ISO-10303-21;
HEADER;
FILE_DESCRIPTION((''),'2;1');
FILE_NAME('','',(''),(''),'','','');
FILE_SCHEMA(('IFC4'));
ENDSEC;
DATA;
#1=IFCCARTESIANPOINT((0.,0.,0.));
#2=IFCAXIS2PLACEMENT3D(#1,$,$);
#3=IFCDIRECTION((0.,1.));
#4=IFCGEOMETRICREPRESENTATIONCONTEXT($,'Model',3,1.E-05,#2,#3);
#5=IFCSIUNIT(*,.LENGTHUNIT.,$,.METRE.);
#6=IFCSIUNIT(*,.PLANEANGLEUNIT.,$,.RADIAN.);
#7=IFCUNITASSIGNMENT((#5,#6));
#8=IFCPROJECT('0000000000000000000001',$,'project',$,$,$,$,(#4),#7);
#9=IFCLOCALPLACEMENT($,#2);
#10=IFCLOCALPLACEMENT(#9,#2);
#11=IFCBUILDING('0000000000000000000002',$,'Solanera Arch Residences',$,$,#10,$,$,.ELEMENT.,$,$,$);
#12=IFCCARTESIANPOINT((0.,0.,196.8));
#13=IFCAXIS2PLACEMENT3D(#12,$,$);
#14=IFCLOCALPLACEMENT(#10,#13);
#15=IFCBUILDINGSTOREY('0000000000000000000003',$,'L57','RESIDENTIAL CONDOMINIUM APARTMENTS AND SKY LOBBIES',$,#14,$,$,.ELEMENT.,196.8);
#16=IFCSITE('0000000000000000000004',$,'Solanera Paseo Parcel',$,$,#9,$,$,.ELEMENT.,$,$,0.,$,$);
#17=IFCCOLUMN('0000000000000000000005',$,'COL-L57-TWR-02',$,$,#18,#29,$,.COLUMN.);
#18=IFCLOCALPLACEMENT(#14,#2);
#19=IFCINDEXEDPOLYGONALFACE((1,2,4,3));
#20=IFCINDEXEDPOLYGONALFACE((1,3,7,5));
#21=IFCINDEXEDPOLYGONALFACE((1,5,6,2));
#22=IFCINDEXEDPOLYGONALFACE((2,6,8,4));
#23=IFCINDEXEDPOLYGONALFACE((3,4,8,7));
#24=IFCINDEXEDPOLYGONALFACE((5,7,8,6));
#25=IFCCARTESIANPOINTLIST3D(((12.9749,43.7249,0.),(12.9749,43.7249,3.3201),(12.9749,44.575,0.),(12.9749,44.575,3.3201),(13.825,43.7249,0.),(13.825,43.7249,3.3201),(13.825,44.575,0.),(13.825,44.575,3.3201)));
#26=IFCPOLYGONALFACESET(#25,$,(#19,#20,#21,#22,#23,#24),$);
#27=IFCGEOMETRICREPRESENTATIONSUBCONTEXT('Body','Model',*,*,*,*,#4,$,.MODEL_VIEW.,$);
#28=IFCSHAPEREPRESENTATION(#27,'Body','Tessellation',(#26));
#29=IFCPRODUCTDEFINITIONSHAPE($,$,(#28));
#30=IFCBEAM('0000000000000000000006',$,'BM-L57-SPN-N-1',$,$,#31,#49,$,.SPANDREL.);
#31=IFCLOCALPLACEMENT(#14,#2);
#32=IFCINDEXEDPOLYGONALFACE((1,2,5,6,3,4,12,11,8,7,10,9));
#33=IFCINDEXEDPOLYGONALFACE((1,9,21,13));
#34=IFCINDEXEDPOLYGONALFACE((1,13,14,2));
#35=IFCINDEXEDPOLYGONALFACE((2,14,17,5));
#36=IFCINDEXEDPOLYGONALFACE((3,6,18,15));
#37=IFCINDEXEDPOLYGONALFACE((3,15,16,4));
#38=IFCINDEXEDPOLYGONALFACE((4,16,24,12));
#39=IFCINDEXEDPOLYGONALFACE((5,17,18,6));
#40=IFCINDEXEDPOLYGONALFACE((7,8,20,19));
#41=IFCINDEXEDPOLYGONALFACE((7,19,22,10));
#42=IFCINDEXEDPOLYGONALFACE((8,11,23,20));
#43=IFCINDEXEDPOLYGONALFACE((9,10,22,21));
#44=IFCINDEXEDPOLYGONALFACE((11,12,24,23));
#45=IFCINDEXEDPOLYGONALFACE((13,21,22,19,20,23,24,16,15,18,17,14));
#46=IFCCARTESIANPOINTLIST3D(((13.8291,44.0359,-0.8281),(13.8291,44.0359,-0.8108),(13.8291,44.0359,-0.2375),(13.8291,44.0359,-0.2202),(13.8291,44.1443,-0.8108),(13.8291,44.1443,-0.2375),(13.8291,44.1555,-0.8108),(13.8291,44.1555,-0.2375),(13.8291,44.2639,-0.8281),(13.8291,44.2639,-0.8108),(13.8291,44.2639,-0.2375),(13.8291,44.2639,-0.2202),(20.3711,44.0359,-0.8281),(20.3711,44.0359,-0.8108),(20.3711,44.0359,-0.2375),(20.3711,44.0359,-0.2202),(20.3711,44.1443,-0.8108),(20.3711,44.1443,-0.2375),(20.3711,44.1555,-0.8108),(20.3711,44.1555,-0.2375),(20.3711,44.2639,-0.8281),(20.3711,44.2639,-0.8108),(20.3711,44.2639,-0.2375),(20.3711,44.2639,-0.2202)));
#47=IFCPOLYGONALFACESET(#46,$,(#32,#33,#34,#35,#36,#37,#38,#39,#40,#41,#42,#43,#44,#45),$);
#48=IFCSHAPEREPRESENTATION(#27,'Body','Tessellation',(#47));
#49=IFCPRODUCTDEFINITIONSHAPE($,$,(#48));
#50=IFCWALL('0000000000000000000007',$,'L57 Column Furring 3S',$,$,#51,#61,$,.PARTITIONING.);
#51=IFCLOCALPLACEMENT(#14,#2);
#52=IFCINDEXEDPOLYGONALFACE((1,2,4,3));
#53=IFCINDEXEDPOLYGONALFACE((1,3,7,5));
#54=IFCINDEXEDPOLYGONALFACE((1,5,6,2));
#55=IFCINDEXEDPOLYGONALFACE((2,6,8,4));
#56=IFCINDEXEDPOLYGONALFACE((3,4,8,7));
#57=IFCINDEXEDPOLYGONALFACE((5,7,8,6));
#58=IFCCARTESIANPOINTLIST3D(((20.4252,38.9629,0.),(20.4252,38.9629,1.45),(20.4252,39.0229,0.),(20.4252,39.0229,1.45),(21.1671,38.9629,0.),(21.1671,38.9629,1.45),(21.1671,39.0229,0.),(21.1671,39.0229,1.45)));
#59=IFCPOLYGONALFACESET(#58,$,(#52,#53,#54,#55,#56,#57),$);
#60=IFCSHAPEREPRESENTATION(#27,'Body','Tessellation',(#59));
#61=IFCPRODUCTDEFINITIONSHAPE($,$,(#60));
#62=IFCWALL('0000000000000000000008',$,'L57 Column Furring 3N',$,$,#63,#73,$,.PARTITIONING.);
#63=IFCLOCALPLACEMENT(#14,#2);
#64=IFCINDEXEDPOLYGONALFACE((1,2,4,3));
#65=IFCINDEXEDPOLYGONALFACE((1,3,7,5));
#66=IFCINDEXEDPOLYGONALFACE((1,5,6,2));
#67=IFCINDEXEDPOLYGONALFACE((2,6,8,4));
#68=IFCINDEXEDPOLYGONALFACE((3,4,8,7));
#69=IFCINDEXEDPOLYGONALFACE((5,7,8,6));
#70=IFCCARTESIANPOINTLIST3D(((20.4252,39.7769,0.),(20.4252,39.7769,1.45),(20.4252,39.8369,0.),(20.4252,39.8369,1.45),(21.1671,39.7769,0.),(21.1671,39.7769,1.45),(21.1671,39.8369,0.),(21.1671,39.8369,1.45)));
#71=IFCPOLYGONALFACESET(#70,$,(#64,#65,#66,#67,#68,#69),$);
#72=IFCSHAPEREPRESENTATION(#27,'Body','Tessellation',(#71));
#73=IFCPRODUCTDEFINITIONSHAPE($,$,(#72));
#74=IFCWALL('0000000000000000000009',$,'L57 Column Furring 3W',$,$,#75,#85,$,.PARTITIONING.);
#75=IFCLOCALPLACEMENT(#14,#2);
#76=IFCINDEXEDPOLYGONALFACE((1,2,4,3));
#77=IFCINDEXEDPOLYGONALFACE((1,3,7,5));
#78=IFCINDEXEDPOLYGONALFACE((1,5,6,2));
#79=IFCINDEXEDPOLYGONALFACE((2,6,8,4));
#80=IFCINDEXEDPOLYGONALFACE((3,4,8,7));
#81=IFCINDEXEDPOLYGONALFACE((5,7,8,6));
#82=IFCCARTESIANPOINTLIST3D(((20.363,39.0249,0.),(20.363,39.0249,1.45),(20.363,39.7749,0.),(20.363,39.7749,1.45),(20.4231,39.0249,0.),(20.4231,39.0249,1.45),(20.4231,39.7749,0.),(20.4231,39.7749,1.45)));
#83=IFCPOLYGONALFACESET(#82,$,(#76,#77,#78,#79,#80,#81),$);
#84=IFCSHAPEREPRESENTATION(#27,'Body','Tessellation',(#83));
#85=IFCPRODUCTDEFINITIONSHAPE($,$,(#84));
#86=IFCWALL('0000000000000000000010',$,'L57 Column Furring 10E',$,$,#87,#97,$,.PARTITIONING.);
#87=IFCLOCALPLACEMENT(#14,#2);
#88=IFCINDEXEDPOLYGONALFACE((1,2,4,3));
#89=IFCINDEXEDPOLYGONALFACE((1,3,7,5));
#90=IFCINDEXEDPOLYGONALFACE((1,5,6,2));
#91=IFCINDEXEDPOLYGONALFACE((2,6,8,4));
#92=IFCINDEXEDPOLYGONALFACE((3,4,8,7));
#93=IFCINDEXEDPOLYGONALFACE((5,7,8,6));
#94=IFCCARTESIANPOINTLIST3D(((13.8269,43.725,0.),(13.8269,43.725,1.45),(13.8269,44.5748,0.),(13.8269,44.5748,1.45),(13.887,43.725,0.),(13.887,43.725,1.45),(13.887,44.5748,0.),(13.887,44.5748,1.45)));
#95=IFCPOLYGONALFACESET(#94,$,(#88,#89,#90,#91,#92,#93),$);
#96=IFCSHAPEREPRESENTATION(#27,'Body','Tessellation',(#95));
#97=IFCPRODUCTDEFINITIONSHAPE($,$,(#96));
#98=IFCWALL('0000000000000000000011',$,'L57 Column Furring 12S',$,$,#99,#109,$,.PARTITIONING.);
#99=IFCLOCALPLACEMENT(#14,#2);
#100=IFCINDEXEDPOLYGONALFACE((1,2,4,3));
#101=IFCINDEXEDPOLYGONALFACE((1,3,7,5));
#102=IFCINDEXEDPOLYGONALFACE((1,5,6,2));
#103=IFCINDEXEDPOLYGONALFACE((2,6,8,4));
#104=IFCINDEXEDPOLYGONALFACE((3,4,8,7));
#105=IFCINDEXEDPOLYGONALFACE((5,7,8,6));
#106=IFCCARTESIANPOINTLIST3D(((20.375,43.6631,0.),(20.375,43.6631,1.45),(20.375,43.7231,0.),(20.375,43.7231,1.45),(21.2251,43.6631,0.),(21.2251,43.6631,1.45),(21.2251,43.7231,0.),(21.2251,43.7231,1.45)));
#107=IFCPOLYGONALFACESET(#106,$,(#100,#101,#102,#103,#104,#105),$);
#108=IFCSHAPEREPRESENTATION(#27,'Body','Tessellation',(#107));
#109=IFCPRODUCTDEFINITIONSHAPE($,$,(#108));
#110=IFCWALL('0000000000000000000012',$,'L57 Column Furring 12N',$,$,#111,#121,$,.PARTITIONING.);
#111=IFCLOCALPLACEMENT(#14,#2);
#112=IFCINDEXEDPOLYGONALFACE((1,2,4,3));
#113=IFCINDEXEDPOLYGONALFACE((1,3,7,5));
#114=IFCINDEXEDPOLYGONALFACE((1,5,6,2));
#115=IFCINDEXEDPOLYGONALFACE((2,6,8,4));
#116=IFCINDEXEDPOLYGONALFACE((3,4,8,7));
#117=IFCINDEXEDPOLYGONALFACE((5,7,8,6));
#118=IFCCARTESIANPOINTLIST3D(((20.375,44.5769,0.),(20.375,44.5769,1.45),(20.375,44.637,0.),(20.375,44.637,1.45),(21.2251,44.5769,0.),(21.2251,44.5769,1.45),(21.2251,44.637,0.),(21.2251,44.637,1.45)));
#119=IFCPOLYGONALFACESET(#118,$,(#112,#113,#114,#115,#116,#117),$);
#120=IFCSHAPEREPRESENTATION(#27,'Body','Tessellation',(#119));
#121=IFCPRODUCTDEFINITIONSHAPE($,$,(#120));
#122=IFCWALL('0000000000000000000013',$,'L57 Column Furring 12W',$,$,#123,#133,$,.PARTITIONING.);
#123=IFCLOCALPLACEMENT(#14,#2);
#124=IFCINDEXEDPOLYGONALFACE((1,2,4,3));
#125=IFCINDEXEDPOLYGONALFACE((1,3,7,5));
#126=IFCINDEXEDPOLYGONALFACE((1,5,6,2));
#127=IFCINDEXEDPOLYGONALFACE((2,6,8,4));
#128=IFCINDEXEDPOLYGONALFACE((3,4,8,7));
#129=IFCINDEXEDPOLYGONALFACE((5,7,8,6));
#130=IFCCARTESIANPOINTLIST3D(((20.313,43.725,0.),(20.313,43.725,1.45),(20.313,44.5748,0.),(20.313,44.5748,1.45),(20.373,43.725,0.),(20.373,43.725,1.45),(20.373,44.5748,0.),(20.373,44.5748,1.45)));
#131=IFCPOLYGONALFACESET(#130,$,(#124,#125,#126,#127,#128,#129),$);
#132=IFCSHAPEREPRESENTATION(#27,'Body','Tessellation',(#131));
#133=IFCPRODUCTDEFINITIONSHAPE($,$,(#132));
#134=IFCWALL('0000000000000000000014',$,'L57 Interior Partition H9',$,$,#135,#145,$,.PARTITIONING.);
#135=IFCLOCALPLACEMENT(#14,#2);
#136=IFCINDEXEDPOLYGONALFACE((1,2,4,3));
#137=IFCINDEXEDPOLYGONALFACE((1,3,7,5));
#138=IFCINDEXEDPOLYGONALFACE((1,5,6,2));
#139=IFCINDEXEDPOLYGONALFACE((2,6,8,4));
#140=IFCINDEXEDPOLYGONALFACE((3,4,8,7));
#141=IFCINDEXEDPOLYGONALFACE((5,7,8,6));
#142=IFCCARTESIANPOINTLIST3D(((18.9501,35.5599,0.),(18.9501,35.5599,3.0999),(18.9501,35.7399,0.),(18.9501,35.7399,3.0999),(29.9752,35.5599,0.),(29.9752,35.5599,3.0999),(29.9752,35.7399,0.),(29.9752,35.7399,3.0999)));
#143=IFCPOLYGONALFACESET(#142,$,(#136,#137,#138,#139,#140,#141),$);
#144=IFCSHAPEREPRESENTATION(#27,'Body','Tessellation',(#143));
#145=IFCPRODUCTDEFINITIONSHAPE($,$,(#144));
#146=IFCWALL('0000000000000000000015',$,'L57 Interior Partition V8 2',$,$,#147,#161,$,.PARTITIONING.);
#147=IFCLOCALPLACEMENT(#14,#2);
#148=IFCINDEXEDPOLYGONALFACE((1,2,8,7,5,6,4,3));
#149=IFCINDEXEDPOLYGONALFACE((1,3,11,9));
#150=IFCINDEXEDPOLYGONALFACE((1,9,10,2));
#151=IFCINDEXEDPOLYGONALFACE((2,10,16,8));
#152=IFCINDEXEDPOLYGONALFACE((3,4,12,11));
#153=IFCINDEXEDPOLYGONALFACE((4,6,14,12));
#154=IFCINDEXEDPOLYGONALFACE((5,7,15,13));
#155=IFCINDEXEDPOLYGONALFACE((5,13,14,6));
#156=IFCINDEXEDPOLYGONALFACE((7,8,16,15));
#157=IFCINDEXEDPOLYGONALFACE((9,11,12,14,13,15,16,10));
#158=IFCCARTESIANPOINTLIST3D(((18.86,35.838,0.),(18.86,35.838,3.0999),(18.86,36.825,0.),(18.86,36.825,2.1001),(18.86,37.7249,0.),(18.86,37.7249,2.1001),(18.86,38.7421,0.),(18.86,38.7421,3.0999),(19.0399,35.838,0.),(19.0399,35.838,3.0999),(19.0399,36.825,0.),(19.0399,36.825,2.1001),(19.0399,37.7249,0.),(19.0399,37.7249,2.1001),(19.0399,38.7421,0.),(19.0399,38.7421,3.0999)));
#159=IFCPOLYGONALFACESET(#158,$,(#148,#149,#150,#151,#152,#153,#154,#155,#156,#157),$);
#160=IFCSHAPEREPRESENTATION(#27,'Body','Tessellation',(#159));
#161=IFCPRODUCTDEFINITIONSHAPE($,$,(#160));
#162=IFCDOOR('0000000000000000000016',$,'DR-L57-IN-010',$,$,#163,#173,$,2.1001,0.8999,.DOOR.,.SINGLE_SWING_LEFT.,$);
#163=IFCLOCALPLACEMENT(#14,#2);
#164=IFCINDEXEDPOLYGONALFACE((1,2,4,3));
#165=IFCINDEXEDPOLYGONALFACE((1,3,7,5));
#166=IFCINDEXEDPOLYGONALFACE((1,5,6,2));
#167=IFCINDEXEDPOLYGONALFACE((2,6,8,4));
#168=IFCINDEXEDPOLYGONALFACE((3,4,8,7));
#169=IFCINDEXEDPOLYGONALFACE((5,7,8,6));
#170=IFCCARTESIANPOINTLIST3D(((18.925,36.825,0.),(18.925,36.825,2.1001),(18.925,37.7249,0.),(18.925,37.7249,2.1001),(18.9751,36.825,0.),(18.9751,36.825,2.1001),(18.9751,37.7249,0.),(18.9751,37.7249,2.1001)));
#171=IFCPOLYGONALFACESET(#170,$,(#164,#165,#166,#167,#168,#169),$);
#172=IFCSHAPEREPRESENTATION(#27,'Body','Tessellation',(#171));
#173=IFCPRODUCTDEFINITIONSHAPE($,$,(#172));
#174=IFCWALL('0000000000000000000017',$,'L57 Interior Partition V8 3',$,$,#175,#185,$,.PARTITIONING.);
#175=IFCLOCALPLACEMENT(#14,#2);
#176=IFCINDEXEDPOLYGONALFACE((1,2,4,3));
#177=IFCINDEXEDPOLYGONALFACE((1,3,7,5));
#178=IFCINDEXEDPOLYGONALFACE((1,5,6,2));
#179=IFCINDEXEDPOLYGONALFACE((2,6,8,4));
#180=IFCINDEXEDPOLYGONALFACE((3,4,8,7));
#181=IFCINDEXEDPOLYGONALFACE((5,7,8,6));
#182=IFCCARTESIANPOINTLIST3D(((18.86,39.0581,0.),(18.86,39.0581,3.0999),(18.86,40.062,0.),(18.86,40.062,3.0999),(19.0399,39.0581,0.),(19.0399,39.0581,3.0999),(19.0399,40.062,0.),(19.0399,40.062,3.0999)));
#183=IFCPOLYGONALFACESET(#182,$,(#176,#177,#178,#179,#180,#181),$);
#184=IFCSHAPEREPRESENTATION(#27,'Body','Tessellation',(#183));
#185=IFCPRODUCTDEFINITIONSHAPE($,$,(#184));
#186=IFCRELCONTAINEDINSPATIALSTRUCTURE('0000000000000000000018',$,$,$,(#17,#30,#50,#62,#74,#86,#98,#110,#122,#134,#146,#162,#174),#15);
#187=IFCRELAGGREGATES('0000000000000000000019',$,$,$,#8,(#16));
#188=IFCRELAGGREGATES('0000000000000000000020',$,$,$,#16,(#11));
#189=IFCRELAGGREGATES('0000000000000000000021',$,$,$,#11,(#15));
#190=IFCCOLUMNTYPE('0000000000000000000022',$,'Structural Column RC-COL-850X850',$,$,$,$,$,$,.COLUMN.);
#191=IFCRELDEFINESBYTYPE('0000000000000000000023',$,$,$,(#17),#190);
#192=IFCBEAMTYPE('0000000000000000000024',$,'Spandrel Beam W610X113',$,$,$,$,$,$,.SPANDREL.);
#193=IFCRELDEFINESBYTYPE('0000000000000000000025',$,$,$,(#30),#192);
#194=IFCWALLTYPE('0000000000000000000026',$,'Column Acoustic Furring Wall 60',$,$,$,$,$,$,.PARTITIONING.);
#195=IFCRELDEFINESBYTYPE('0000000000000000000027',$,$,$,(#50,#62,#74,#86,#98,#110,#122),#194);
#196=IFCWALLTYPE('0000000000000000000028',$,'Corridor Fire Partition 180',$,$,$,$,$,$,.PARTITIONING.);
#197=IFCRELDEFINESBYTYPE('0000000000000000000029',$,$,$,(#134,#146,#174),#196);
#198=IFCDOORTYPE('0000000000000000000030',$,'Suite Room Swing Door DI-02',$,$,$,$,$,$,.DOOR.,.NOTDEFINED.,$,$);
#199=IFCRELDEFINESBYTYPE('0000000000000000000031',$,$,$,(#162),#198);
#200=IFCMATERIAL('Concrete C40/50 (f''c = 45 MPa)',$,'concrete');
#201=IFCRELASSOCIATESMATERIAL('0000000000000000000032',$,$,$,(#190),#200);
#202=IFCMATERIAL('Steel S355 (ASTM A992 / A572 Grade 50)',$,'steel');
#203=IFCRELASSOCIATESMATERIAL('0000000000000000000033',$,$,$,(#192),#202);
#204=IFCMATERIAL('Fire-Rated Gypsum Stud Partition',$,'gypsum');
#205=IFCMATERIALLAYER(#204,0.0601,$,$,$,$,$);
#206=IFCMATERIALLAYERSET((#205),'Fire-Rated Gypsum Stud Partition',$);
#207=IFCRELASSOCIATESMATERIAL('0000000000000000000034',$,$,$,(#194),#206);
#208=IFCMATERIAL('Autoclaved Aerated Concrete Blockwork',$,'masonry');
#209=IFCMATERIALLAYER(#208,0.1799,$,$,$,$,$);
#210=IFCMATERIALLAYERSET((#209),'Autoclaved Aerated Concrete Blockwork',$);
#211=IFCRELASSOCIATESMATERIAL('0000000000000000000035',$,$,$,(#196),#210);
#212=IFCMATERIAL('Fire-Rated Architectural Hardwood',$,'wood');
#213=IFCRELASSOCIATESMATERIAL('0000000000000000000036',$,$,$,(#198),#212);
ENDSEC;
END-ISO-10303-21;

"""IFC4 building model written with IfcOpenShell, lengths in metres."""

from ifc_helpers import new_model, si_unit, direction, frame, frame_2d, origin, origin_2d, place, context, subcontext, project, spatial, rectangle, i_section, extrude, material, layer, layer_set, material_profile, profile_set, type_object, element, fill, save


model = new_model("IFC4")

# Units and contexts
model_context = context("Model", 3, precision=1e-05, world=origin(), true_north=direction((0.0, 1.0)))
body_context = subcontext(model_context, "Body", "Model", "MODEL_VIEW")
ifc_project = project(units=[si_unit("LENGTHUNIT", "METRE"), si_unit("PLANEANGLEUNIT", "RADIAN")], contexts=[model_context])

# Site, building, storey
site_placement = place(None, origin())
site = spatial("IfcSite", under=ifc_project, at=site_placement, Name="Solanera Paseo Parcel", CompositionType="ELEMENT", RefElevation=0.0)
building_placement = place(site_placement, origin())
building = spatial("IfcBuilding", under=site, at=building_placement, Name="Solanera Arch Residences", CompositionType="ELEMENT")
storey_placement = place(building_placement, frame((0.0, 0.0, 196.8)))
storey = spatial("IfcBuildingStorey", under=building, at=storey_placement, Name="L57", Description="RESIDENTIAL CONDOMINIUM APARTMENTS AND SKY LOBBIES", CompositionType="ELEMENT", Elevation=196.8)

# Column
ifc_material_1 = material(Name="Concrete C40/50 (f'c = 45 MPa)", Category="concrete")
ifc_material_profile_1 = material_profile(ifc_material_1, rectangle(XDim=0.8501, YDim=0.8501, at=origin_2d()))
ifc_profile_set_1 = profile_set([ifc_material_profile_1], Name="Concrete C40/50 (f'c = 45 MPa)")
column_type = type_object("IfcColumnType", Name="Structural Column RC-COL-850X850", PredefinedType="COLUMN", material=ifc_profile_set_1)
column_placement = place(storey_placement, frame((13.3999, 44.1499, 0.0), z_axis=(0.0, 0.0, 1.0), x_axis=(1.0, 0.0, 0.0)))
element("IfcColumn", 1, at=column_placement, inside=storey, type_object=column_type, Name="COL-L57-TWR-02", PredefinedType="COLUMN", context=body_context, shape_type="SweptSolid", body=[
    extrude(rectangle(XDim=0.8501, YDim=0.8501, at=origin_2d()), origin(), (0.0, 0.0, 1.0), 3.3201),
])

# Beam
ifc_material_2 = material(Name="Steel S355 (ASTM A992 / A572 Grade 50)", Category="steel")
ifc_material_profile_2 = material_profile(ifc_material_2, i_section(OverallWidth=0.228, OverallDepth=0.6079, WebThickness=0.0112, FlangeThickness=0.0173, at=origin_2d()))
ifc_profile_set_2 = profile_set([ifc_material_profile_2], Name="Steel S355 (ASTM A992 / A572 Grade 50)")
beam_type = type_object("IfcBeamType", Name="Spandrel Beam W610X113", PredefinedType="SPANDREL", material=ifc_profile_set_2)
beam_placement = place(storey_placement, frame((13.8291, 44.1499, -0.5242), z_axis=(1.0, 0.0, 0.0), x_axis=(0.0, 1.0, 0.0)))
element("IfcBeam", 2, at=beam_placement, inside=storey, type_object=beam_type, Name="BM-L57-SPN-N-1", PredefinedType="SPANDREL", context=body_context, shape_type="SweptSolid", body=[
    extrude(i_section(OverallWidth=0.228, OverallDepth=0.6079, WebThickness=0.0112, FlangeThickness=0.0173, at=origin_2d()), origin(), (0.0, 0.0, 1.0), 6.542),
])

# Walls
ifc_material_3 = material(Name="Fire-Rated Gypsum Stud Partition", Category="gypsum")
ifc_layer_1 = layer(ifc_material_3, 0.0601)
ifc_layer_set_1 = layer_set([ifc_layer_1], Name="Fire-Rated Gypsum Stud Partition")
wall_type_1 = type_object("IfcWallType", Name="Column Acoustic Furring Wall 60", PredefinedType="PARTITIONING", material=ifc_layer_set_1)
for number, where, z_axis, x_axis, name in (
    (3, (20.425, 38.9929, 0.0), (0.0, 0.0, 1.0), (1.0, 0.0, 0.0), "L57 Column Furring 3S"),
    (4, (20.425, 39.8069, 0.0), (0.0, 0.0, 1.0), (1.0, 0.0, 0.0), "L57 Column Furring 3N"),
):
    element("IfcWall", number, at=place(storey_placement, frame(where, z_axis=z_axis, x_axis=x_axis)), inside=storey, type_object=wall_type_1, Name=name, PredefinedType="PARTITIONING", context=body_context, shape_type="SweptSolid", body=[
        extrude(rectangle(XDim=0.7419, YDim=0.0601, at=frame_2d((0.3711, 0.0))), origin(), (0.0, 0.0, 1.0), 1.45),
    ])
wall_1_placement = place(storey_placement, frame((20.3931, 39.0249, 0.0), z_axis=(0.0, 0.0, 1.0), x_axis=(0.0, 1.0, 0.0)))
element("IfcWall", 5, at=wall_1_placement, inside=storey, type_object=wall_type_1, Name="L57 Column Furring 3W", PredefinedType="PARTITIONING", context=body_context, shape_type="SweptSolid", body=[
    extrude(rectangle(XDim=0.75, YDim=0.0601, at=frame_2d((0.375, 0.0))), origin(), (0.0, 0.0, 1.0), 1.45),
])
wall_2_placement = place(storey_placement, frame((13.8569, 43.7251, 0.0), z_axis=(0.0, 0.0, 1.0), x_axis=(0.0, 1.0, 0.0)))
element("IfcWall", 6, at=wall_2_placement, inside=storey, type_object=wall_type_1, Name="L57 Column Furring 10E", PredefinedType="PARTITIONING", context=body_context, shape_type="SweptSolid", body=[
    extrude(rectangle(XDim=0.8499, YDim=0.0601, at=frame_2d((0.4248, 0.0))), origin(), (0.0, 0.0, 1.0), 1.45),
])
for number, where, z_axis, x_axis, name in (
    (7, (20.375, 43.6931, 0.0), (0.0, 0.0, 1.0), (1.0, 0.0, 0.0), "L57 Column Furring 12S"),
    (8, (20.375, 44.6069, 0.0), (0.0, 0.0, 1.0), (1.0, 0.0, 0.0), "L57 Column Furring 12N"),
):
    element("IfcWall", number, at=place(storey_placement, frame(where, z_axis=z_axis, x_axis=x_axis)), inside=storey, type_object=wall_type_1, Name=name, PredefinedType="PARTITIONING", context=body_context, shape_type="SweptSolid", body=[
        extrude(rectangle(XDim=0.8501, YDim=0.0601, at=frame_2d((0.425, 0.0))), origin(), (0.0, 0.0, 1.0), 1.45),
    ])
wall_3_placement = place(storey_placement, frame((20.343, 43.7251, 0.0), z_axis=(0.0, 0.0, 1.0), x_axis=(0.0, 1.0, 0.0)))
element("IfcWall", 9, at=wall_3_placement, inside=storey, type_object=wall_type_1, Name="L57 Column Furring 12W", PredefinedType="PARTITIONING", context=body_context, shape_type="SweptSolid", body=[
    extrude(rectangle(XDim=0.8499, YDim=0.0601, at=frame_2d((0.4248, 0.0))), origin(), (0.0, 0.0, 1.0), 1.45),
])
ifc_material_4 = material(Name="Autoclaved Aerated Concrete Blockwork", Category="masonry")
ifc_layer_2 = layer(ifc_material_4, 0.1799)
ifc_layer_set_2 = layer_set([ifc_layer_2], Name="Autoclaved Aerated Concrete Blockwork")
wall_type_2 = type_object("IfcWallType", Name="Corridor Fire Partition 180", PredefinedType="PARTITIONING", material=ifc_layer_set_2)
wall_4_placement = place(storey_placement, frame((18.95, 35.6499, 0.0), z_axis=(0.0, 0.0, 1.0), x_axis=(1.0, 0.0, 0.0)))
element("IfcWall", 10, at=wall_4_placement, inside=storey, type_object=wall_type_2, Name="L57 Interior Partition H9", PredefinedType="PARTITIONING", context=body_context, shape_type="SweptSolid", body=[
    extrude(rectangle(XDim=11.0251, YDim=0.1799, at=frame_2d((5.5127, 0.0))), origin(), (0.0, 0.0, 1.0), 3.0999),
])

# Wall, opening, door
wall_5_placement = place(storey_placement, frame((18.95, 35.8379, 0.0), z_axis=(0.0, 0.0, 1.0), x_axis=(0.0, 1.0, 0.0)))
wall_5 = element("IfcWall", 11, at=wall_5_placement, inside=storey, type_object=wall_type_2, Name="L57 Interior Partition V8 2", PredefinedType="PARTITIONING", context=body_context, shape_type="SweptSolid", body=[
    extrude(rectangle(XDim=2.9041, YDim=0.1799, at=frame_2d((1.4521, 0.0))), origin(), (0.0, 0.0, 1.0), 3.0999),
])
opening_1_placement = place(wall_5_placement, frame((0.9871, 0.0, 0.0)))
opening_1 = element("IfcOpeningElement", 12, at=opening_1_placement, cuts=wall_5, PredefinedType="OPENING", context=body_context, shape_type="SweptSolid", body=[
    extrude(rectangle(XDim=0.8999, YDim=2.1001, at=frame_2d((0.45, 1.05))), frame((0.0, 0.1001, 0.0), z_axis=(0.0, -1.0, 0.0), x_axis=(1.0, 0.0, 0.0)), (0.0, 0.0, 1.0), 0.1999),
])
ifc_material_5 = material(Name="Fire-Rated Architectural Hardwood", Category="wood")
door_type = type_object("IfcDoorType", Name="Suite Room Swing Door DI-02", OperationType="NOTDEFINED", PredefinedType="DOOR", material=ifc_material_5)
door_1_placement = place(opening_1_placement, origin())
door_1 = element("IfcDoor", 13, at=door_1_placement, inside=storey, type_object=door_type, Name="DR-L57-IN-010", OperationType="SINGLE_SWING_LEFT", OverallHeight=2.1001, OverallWidth=0.8999, PredefinedType="DOOR", context=body_context, shape_type="SweptSolid", body=[
    extrude(rectangle(XDim=0.8999, YDim=2.1001, at=frame_2d((0.45, 1.05))), frame((0.0, 0.0249, 0.0), z_axis=(0.0, -1.0, 0.0), x_axis=(1.0, 0.0, 0.0)), (0.0, 0.0, 1.0), 0.05),
])
fill(opening_1, door_1)

# Wall
wall_6_placement = place(storey_placement, frame((18.95, 39.0581, 0.0), z_axis=(0.0, 0.0, 1.0), x_axis=(0.0, 1.0, 0.0)))
element("IfcWall", 14, at=wall_6_placement, inside=storey, type_object=wall_type_2, Name="L57 Interior Partition V8 3", PredefinedType="PARTITIONING", context=body_context, shape_type="SweptSolid", body=[
    extrude(rectangle(XDim=1.0039, YDim=0.1799, at=frame_2d((0.502, 0.0))), origin(), (0.0, 0.0, 1.0), 3.0999),
])

save(model, "model.ifc")
